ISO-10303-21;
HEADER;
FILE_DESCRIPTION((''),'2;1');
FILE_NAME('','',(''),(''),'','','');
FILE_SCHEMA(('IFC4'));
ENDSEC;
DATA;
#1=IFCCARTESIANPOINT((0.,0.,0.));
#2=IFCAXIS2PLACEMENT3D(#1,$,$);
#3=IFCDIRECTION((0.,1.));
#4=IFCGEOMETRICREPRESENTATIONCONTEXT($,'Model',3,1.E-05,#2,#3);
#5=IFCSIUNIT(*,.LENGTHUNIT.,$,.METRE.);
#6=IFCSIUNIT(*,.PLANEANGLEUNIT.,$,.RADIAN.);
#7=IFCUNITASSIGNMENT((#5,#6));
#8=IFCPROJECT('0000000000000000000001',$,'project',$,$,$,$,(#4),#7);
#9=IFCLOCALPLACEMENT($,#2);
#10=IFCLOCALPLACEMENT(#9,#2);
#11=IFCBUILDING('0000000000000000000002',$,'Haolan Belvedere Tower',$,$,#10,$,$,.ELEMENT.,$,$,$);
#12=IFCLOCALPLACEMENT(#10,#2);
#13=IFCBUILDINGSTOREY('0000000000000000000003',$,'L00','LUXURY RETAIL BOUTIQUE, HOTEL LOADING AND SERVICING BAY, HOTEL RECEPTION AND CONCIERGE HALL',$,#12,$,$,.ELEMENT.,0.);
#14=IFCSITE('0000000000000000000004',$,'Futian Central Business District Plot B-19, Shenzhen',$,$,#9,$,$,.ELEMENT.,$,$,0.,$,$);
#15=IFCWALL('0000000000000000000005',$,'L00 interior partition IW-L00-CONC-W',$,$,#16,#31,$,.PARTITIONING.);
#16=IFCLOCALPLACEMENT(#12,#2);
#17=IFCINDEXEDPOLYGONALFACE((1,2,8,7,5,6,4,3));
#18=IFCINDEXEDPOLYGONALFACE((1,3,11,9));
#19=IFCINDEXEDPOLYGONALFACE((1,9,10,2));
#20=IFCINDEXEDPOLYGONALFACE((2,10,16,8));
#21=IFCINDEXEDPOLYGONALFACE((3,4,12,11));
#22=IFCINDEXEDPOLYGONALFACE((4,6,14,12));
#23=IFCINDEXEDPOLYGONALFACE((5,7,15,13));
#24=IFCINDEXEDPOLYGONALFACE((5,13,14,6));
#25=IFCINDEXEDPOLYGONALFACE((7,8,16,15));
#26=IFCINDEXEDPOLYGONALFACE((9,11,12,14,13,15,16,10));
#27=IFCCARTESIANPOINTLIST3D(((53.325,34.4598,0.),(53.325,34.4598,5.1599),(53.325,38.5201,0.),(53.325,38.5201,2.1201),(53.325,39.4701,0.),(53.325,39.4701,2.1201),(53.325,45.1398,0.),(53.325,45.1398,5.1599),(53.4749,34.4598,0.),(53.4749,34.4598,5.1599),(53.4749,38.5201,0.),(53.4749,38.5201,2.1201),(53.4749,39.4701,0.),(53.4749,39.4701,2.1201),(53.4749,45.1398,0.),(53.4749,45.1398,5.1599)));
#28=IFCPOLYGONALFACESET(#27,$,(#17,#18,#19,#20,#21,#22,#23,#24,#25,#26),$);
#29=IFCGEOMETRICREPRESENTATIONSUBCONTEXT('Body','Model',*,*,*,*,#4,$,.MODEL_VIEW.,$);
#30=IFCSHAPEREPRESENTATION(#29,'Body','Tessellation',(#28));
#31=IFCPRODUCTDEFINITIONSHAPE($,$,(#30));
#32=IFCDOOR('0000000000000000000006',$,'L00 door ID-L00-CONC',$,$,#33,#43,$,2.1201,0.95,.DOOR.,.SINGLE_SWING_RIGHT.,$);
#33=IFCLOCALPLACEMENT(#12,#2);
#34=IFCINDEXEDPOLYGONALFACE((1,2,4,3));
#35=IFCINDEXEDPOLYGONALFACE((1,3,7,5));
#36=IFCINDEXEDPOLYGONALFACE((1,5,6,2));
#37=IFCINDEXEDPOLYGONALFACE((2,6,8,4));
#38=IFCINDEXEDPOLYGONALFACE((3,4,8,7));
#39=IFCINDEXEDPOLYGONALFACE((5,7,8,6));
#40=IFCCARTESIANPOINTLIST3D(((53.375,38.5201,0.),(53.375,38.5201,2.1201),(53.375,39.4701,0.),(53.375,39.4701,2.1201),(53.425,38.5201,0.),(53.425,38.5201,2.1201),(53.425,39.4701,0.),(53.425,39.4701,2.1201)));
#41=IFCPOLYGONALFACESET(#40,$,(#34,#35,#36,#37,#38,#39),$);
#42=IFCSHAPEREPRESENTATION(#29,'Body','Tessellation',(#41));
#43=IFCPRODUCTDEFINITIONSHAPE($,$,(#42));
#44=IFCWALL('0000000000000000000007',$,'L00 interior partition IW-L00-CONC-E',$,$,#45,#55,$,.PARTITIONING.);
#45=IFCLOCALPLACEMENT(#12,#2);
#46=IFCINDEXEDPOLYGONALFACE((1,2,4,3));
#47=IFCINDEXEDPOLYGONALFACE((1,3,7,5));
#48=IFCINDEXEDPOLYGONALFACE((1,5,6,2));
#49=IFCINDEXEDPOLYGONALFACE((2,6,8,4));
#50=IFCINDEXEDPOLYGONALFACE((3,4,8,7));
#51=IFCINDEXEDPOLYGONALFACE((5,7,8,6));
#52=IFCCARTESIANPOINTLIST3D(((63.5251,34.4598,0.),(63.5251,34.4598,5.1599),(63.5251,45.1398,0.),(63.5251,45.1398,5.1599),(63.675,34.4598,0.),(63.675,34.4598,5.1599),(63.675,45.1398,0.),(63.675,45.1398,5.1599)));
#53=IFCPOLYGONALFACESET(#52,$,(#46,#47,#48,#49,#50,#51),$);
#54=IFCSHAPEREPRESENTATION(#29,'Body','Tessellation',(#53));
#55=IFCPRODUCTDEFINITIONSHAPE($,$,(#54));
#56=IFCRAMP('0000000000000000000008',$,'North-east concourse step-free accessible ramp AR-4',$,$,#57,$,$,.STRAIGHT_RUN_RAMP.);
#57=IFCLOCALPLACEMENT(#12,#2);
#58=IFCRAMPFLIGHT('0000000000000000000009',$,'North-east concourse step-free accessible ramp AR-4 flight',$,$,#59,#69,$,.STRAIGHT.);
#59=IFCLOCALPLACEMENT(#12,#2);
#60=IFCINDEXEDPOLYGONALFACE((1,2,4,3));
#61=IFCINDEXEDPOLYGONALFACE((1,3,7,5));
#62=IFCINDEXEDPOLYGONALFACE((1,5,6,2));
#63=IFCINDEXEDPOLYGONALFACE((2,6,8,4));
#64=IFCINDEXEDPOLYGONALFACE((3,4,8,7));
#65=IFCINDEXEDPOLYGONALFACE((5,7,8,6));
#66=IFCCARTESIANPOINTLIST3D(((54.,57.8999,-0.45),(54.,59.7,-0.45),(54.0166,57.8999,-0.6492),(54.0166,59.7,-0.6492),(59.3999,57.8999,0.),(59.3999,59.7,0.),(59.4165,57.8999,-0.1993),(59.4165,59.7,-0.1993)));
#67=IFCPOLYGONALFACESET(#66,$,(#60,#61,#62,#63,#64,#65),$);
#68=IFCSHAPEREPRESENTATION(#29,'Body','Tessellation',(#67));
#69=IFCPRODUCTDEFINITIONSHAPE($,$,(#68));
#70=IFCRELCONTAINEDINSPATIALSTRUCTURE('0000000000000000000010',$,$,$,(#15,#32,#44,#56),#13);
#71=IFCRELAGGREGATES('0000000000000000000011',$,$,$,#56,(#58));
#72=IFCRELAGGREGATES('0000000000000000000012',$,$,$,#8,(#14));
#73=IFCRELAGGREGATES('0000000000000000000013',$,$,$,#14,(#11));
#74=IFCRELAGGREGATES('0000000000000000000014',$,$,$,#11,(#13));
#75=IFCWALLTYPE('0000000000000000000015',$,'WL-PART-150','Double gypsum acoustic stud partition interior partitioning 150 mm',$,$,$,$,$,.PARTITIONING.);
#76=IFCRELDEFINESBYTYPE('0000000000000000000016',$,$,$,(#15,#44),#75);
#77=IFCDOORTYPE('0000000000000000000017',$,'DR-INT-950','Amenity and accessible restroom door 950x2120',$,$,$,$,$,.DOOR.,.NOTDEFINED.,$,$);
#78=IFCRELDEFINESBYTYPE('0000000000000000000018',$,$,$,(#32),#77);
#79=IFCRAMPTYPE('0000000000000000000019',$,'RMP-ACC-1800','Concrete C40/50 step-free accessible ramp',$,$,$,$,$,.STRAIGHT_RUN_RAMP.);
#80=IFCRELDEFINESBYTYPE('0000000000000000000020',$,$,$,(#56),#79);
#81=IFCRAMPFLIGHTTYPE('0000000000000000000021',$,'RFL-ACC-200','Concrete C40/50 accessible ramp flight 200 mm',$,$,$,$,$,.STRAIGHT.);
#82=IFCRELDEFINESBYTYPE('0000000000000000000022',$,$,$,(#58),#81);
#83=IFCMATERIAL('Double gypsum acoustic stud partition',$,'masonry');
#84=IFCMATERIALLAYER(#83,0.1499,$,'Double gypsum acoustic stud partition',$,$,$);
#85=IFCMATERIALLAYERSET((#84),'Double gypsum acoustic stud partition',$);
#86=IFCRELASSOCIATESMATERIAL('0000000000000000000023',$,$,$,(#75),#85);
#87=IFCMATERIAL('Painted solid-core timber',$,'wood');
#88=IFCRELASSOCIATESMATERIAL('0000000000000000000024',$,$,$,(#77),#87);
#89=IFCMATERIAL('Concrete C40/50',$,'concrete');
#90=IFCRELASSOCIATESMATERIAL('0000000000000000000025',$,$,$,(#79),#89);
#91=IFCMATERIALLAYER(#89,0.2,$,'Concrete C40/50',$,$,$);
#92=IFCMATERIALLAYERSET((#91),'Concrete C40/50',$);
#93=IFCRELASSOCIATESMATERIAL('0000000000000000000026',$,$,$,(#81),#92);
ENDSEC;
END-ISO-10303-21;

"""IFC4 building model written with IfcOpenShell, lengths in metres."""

from ifc_helpers import new_model, si_unit, direction, frame, frame_2d, origin, place, context, subcontext, project, spatial, polyline, rectangle, outline, extrude, material, layer, layer_set, type_object, element, fill, aggregate, save


model = new_model("IFC4")

# Units and contexts
model_context = context("Model", 3, precision=1e-05, world=origin(), true_north=direction((0.0, 1.0)))
body_context = subcontext(model_context, "Body", "Model", "MODEL_VIEW")
ifc_project = project(units=[si_unit("LENGTHUNIT", "METRE"), si_unit("PLANEANGLEUNIT", "RADIAN")], contexts=[model_context])

# Site, building, storey
site_placement = place(None, origin())
site = spatial("IfcSite", under=ifc_project, at=site_placement, Name="Futian Central Business District Plot B-19, Shenzhen", CompositionType="ELEMENT", RefElevation=0.0)
building_placement = place(site_placement, origin())
building = spatial("IfcBuilding", under=site, at=building_placement, Name="Haolan Belvedere Tower", CompositionType="ELEMENT")
storey_placement = place(building_placement, origin())
storey = spatial("IfcBuildingStorey", under=building, at=storey_placement, Name="L00", Description="LUXURY RETAIL BOUTIQUE, HOTEL LOADING AND SERVICING BAY, HOTEL RECEPTION AND CONCIERGE HALL", CompositionType="ELEMENT", Elevation=0.0)

# Shared definitions
ifc_material_1 = material(Name="Double gypsum acoustic stud partition", Category="masonry")
ifc_layer_1 = layer(ifc_material_1, 0.1499, Name="Double gypsum acoustic stud partition")
ifc_layer_set_1 = layer_set([ifc_layer_1], Name="Double gypsum acoustic stud partition")
wall_type_1 = type_object("IfcWallType", Name="WL-PART-150", Description="Double gypsum acoustic stud partition interior partitioning 150 mm", PredefinedType="PARTITIONING", material=ifc_layer_set_1)

# Wall, opening, door
wall_1_placement = place(storey_placement, frame((53.3999, 34.46, 0.0), z_axis=(0.0, 0.0, 1.0), x_axis=(0.0, 1.0, 0.0)))
wall_1 = element("IfcWall", 1, at=wall_1_placement, inside=storey, type_object=wall_type_1, Name="L00 interior partition IW-L00-CONC-W", PredefinedType="PARTITIONING", context=body_context, shape_type="SweptSolid", body=[
    extrude(rectangle(XDim=10.6799, YDim=0.1499, at=frame_2d((5.3398, 0.0))), origin(), (0.0, 0.0, 1.0), 5.1599),
])
opening_1_placement = place(wall_1_placement, frame((4.0601, 0.0, 0.0)))
opening_1 = element("IfcOpeningElement", 2, at=opening_1_placement, cuts=wall_1, PredefinedType="OPENING", context=body_context, shape_type="SweptSolid", body=[
    extrude(rectangle(XDim=0.95, YDim=2.1201, at=frame_2d((0.4751, 1.0601))), frame((0.0, 0.085, 0.0), z_axis=(0.0, -1.0, 0.0), x_axis=(1.0, 0.0, 0.0)), (0.0, 0.0, 1.0), 0.1699),
])
ifc_material_2 = material(Name="Painted solid-core timber", Category="wood")
door_type_1 = type_object("IfcDoorType", Name="DR-INT-950", Description="Amenity and accessible restroom door 950x2120", OperationType="NOTDEFINED", PredefinedType="DOOR", material=ifc_material_2)
door_1_placement = place(opening_1_placement, origin())
door_1 = element("IfcDoor", 3, at=door_1_placement, inside=storey, type_object=door_type_1, Name="L00 door ID-L00-CONC", OperationType="SINGLE_SWING_RIGHT", OverallHeight=2.1201, OverallWidth=0.95, PredefinedType="DOOR", context=body_context, shape_type="SweptSolid", body=[
    extrude(rectangle(XDim=0.95, YDim=2.1201, at=frame_2d((0.4751, 1.0601))), frame((0.0, 0.0249, 0.0), z_axis=(0.0, -1.0, 0.0), x_axis=(1.0, 0.0, 0.0)), (0.0, 0.0, 1.0), 0.05),
])
fill(opening_1, door_1)

# Wall
wall_2_placement = place(storey_placement, frame((63.6001, 34.46, 0.0), z_axis=(0.0, 0.0, 1.0), x_axis=(0.0, 1.0, 0.0)))
element("IfcWall", 4, at=wall_2_placement, inside=storey, type_object=wall_type_1, Name="L00 interior partition IW-L00-CONC-E", PredefinedType="PARTITIONING", context=body_context, shape_type="SweptSolid", body=[
    extrude(rectangle(XDim=10.6799, YDim=0.1499, at=frame_2d((5.3398, 0.0))), origin(), (0.0, 0.0, 1.0), 5.1599),
])

# Ramp, ramp flight
ifc_material_3 = material(Name="Concrete C40/50", Category="concrete")
ramp_type = type_object("IfcRampType", Name="RMP-ACC-1800", Description="Concrete C40/50 step-free accessible ramp", PredefinedType="STRAIGHT_RUN_RAMP", material=ifc_material_3)
ramp_placement = place(storey_placement, origin())
ramp = element("IfcRamp", 5, at=ramp_placement, inside=storey, type_object=ramp_type, Name="North-east concourse step-free accessible ramp AR-4", PredefinedType="STRAIGHT_RUN_RAMP")
ifc_layer_2 = layer(ifc_material_3, 0.2, Name="Concrete C40/50")
ifc_layer_set_2 = layer_set([ifc_layer_2], Name="Concrete C40/50")
ramp_flight_type = type_object("IfcRampFlightType", Name="RFL-ACC-200", Description="Concrete C40/50 accessible ramp flight 200 mm", PredefinedType="STRAIGHT", material=ifc_layer_set_2)
ramp_flight_placement = place(storey_placement, frame((54.0, 57.8999, -0.45), z_axis=(-0.083038, 0.0, 0.996546), x_axis=(0.996546, 0.0, 0.083038)))
ramp_flight = element("IfcRampFlight", 6, at=ramp_flight_placement, type_object=ramp_flight_type, Name="North-east concourse step-free accessible ramp AR-4 flight", PredefinedType="STRAIGHT", context=body_context, shape_type="SweptSolid", body=[
    extrude(outline(polyline([(0.0, 0.0), (5.4186, 0.0), (5.4186, 1.8), (0.0, 1.8), (0.0, 0.0)])), origin(), (0.0, 0.0, -1.0), 0.2),
])
aggregate(ramp, [ramp_flight])

save(model, "model.ifc")
